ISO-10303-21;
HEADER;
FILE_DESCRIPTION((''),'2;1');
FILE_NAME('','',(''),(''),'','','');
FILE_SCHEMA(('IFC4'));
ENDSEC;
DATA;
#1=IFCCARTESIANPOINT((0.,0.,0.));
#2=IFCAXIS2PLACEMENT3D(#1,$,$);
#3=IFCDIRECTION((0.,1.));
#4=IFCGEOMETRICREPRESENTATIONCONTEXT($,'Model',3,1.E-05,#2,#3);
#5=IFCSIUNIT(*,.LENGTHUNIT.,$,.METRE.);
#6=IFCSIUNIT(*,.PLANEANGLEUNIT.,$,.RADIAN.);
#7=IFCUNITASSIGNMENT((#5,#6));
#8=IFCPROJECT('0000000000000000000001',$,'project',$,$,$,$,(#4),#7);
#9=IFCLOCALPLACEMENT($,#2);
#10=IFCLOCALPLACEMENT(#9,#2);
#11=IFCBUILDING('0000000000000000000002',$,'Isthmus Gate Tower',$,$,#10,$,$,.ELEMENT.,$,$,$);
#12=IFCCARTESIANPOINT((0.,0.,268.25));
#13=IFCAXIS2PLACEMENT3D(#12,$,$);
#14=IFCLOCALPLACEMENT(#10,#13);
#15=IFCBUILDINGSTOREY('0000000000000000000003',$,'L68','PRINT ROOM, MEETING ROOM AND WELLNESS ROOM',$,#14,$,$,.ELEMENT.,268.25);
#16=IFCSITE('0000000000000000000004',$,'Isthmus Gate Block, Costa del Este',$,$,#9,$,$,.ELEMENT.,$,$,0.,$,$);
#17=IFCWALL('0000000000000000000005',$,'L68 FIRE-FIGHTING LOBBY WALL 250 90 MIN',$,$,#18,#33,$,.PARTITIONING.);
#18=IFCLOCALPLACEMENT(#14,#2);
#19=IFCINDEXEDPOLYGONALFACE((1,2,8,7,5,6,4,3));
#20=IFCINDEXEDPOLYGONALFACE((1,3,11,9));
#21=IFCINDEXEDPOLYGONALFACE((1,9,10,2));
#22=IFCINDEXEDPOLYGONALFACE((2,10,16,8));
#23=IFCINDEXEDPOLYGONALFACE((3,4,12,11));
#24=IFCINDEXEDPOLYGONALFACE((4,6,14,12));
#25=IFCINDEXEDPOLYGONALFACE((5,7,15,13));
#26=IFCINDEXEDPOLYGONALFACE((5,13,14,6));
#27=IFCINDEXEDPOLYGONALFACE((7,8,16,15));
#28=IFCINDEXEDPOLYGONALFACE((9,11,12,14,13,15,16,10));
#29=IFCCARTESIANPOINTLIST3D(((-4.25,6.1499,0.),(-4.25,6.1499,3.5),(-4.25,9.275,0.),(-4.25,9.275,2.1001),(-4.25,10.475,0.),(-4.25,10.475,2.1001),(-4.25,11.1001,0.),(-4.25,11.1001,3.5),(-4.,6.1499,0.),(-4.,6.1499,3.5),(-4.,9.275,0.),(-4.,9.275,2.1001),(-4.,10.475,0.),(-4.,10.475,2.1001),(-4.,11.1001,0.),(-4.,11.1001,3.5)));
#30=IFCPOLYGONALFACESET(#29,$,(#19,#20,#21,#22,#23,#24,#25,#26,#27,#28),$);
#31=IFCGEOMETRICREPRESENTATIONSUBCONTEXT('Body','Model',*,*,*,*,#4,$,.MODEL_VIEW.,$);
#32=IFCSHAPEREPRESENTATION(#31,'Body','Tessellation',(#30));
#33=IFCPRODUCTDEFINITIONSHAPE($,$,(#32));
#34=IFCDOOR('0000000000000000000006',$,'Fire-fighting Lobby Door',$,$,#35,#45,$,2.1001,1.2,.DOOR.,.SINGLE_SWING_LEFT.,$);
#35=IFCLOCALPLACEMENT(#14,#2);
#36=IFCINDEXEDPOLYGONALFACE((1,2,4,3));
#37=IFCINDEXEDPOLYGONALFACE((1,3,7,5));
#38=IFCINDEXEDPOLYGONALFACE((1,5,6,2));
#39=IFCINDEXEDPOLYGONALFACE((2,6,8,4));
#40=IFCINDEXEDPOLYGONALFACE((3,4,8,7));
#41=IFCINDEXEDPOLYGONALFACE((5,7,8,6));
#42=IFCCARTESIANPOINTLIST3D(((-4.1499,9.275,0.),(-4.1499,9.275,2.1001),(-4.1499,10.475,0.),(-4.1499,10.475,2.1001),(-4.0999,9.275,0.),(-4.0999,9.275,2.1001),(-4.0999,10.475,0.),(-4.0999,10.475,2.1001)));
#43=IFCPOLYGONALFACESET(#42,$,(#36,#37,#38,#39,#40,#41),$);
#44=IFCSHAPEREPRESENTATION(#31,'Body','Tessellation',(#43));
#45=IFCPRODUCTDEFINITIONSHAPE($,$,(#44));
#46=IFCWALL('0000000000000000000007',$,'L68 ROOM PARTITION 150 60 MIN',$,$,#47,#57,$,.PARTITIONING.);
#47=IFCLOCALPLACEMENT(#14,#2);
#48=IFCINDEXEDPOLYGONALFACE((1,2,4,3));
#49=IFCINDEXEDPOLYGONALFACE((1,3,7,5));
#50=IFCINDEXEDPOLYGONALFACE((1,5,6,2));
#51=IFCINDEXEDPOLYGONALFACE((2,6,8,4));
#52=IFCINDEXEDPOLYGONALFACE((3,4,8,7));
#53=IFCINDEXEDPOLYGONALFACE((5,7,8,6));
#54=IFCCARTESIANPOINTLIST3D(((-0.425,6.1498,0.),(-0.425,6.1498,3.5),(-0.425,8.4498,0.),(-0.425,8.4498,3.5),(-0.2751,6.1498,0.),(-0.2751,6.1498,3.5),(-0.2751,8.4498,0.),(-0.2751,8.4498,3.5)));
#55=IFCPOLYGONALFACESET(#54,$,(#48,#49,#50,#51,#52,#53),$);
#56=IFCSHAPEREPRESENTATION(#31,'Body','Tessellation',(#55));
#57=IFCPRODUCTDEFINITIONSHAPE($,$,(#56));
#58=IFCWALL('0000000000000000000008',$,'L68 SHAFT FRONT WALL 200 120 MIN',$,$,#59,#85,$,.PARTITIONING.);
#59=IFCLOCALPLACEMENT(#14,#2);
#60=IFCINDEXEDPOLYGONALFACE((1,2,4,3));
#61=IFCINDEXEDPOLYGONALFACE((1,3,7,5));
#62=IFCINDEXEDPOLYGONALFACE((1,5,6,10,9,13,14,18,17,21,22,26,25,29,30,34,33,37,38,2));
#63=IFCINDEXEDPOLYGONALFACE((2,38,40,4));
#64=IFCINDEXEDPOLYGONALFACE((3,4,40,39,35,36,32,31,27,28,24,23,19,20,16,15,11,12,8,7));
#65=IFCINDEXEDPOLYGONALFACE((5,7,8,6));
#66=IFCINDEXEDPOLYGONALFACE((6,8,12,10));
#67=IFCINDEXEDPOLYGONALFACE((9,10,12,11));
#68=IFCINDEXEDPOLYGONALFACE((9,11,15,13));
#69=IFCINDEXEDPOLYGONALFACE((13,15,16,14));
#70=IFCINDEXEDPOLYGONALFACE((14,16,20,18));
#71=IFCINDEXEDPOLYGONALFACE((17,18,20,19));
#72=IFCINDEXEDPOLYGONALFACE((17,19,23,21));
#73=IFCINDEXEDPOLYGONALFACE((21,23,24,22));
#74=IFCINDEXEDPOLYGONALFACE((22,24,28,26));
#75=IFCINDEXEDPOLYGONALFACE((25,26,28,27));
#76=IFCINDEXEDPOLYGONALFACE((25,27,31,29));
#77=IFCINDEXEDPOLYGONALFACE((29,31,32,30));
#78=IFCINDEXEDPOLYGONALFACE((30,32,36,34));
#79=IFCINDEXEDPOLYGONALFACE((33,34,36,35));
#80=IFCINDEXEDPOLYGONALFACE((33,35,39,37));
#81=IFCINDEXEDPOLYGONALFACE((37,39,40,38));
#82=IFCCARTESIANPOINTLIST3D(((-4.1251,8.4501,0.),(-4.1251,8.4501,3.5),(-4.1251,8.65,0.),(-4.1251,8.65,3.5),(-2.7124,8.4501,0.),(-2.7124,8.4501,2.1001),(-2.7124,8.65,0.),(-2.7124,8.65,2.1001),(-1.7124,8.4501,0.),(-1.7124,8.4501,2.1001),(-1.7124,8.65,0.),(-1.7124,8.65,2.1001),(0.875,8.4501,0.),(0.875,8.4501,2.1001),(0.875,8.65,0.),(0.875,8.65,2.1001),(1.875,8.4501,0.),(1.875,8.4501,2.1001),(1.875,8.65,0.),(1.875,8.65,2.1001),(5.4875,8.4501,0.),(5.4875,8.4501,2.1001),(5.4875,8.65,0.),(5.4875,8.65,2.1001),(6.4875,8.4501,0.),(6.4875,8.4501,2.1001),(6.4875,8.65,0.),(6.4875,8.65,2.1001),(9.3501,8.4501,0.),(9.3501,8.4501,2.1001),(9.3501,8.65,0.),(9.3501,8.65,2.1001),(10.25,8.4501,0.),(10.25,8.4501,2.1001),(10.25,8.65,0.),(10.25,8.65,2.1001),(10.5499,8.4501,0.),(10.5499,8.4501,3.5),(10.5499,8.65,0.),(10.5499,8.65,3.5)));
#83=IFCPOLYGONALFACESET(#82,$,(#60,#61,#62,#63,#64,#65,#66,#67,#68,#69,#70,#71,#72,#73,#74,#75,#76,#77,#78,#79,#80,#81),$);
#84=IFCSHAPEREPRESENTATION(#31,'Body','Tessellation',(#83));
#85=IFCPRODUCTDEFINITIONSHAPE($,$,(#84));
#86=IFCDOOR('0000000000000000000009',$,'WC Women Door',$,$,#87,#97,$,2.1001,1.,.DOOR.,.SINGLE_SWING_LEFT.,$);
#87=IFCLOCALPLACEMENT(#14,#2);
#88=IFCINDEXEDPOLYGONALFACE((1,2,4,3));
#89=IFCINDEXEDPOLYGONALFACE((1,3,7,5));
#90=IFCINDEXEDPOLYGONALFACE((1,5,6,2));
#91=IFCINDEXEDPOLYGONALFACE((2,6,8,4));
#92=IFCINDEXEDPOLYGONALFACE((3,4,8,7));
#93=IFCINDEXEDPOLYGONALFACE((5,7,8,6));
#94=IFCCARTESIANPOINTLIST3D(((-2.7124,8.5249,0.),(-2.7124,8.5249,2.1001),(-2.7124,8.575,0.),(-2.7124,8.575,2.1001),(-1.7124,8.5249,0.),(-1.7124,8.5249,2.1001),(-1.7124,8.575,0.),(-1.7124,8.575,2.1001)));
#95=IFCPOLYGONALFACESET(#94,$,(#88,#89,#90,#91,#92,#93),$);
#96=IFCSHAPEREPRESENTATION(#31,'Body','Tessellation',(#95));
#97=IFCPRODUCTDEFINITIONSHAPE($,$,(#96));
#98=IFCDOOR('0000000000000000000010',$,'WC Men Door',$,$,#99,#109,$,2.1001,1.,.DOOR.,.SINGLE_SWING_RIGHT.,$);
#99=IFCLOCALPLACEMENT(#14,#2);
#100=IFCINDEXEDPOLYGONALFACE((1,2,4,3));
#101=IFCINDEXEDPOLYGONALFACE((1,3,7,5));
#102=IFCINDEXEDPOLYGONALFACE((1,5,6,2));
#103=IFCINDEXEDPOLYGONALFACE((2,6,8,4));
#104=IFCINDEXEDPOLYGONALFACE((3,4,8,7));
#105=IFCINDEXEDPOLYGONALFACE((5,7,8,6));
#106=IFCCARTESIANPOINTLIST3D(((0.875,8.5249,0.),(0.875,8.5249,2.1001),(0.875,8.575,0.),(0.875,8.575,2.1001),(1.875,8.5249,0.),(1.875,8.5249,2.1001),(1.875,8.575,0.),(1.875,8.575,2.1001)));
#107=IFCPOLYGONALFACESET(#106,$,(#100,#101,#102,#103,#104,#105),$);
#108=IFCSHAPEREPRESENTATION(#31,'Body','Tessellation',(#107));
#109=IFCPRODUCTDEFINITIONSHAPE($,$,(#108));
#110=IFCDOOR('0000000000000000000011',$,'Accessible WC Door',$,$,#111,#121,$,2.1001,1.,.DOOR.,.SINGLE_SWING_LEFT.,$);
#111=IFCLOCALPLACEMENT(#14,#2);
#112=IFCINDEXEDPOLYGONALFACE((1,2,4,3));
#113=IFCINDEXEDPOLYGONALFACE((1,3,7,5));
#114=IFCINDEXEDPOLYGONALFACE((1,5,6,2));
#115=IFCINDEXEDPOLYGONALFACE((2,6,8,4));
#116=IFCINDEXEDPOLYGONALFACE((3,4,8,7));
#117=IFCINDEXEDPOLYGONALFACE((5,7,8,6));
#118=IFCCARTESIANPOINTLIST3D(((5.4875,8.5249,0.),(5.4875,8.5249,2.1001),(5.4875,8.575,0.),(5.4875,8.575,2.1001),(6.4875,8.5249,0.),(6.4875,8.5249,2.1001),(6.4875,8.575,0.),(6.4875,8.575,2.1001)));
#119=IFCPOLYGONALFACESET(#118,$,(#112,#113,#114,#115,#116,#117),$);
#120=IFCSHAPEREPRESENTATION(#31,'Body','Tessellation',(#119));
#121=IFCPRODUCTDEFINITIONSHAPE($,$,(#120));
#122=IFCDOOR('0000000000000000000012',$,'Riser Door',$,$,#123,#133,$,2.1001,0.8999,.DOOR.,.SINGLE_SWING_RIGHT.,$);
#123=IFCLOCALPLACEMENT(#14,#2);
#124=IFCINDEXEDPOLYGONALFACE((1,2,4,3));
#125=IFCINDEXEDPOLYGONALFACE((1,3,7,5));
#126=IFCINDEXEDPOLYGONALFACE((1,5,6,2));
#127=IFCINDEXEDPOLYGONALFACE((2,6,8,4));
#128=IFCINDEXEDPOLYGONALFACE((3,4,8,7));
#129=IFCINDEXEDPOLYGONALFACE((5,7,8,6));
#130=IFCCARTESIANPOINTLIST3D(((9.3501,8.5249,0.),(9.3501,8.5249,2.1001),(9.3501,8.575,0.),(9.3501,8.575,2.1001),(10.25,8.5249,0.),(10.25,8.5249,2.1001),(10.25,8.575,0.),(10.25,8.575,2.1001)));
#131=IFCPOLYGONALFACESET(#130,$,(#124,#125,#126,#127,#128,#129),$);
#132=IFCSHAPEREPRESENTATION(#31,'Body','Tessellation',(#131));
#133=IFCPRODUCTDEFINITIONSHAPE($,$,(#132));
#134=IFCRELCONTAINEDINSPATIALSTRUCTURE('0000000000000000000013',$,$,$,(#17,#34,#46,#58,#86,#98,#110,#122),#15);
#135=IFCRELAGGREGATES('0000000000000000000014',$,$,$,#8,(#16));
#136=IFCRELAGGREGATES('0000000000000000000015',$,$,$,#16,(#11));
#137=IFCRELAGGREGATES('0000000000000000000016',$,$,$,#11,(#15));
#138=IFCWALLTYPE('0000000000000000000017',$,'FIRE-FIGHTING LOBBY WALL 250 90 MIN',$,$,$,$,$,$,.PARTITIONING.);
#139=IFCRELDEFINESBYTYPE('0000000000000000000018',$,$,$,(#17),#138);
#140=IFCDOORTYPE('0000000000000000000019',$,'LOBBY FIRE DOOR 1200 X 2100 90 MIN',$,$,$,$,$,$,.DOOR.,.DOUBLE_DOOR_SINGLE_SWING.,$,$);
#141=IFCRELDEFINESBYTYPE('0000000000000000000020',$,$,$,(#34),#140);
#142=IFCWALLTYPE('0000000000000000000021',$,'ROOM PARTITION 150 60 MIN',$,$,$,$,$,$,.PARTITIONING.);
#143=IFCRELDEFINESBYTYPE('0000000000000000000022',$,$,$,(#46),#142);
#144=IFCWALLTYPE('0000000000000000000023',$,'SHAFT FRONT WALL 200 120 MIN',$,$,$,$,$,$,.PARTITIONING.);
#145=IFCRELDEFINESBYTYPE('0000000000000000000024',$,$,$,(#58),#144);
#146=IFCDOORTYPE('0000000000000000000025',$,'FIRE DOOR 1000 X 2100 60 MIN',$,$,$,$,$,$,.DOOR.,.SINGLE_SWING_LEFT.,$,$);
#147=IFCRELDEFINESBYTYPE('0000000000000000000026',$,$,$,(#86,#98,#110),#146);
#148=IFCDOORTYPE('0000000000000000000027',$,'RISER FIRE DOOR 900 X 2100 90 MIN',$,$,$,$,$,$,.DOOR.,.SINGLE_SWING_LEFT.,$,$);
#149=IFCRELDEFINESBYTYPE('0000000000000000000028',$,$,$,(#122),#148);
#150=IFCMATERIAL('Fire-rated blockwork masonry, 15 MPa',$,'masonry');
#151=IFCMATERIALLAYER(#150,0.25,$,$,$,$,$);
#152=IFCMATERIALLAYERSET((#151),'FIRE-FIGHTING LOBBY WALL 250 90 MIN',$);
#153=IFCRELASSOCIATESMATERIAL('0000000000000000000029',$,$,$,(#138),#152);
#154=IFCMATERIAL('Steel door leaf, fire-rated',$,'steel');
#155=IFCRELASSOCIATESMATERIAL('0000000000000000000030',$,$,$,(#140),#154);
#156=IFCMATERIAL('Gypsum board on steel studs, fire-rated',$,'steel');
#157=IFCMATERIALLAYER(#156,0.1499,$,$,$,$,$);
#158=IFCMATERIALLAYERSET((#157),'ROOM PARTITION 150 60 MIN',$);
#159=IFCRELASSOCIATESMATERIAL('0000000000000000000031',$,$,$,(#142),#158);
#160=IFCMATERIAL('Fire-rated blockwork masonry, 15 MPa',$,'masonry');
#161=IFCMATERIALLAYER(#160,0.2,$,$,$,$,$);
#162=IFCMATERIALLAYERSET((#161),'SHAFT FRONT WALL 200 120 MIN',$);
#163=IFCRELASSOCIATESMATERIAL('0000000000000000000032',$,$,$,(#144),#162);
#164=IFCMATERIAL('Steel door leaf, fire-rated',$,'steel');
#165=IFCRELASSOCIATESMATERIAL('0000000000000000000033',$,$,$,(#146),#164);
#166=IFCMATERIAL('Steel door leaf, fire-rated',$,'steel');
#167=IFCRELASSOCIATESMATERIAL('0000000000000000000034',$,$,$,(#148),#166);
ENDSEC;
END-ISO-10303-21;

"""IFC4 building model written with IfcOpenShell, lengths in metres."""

from ifc_helpers import new_model, si_unit, direction, frame, frame_2d, origin, place, context, subcontext, project, spatial, rectangle, extrude, material, layer, layer_set, type_object, element, fill, save


model = new_model("IFC4")

# Units and contexts
model_context = context("Model", 3, precision=1e-05, world=origin(), true_north=direction((0.0, 1.0)))
body_context = subcontext(model_context, "Body", "Model", "MODEL_VIEW")
ifc_project = project(units=[si_unit("LENGTHUNIT", "METRE"), si_unit("PLANEANGLEUNIT", "RADIAN")], contexts=[model_context])

# Site, building, storey
site_placement = place(None, origin())
site = spatial("IfcSite", under=ifc_project, at=site_placement, Name="Isthmus Gate Block, Costa del Este", CompositionType="ELEMENT", RefElevation=0.0)
building_placement = place(site_placement, origin())
building = spatial("IfcBuilding", under=site, at=building_placement, Name="Isthmus Gate Tower", CompositionType="ELEMENT")
storey_placement = place(building_placement, frame((0.0, 0.0, 268.25)))
storey = spatial("IfcBuildingStorey", under=building, at=storey_placement, Name="L68", Description="PRINT ROOM, MEETING ROOM AND WELLNESS ROOM", CompositionType="ELEMENT", Elevation=268.25)

# Wall, opening, door
ifc_material_1 = material(Name="Fire-rated blockwork masonry, 15 MPa", Category="masonry")
ifc_layer_1 = layer(ifc_material_1, 0.25)
ifc_layer_set_1 = layer_set([ifc_layer_1], Name="FIRE-FIGHTING LOBBY WALL 250 90 MIN")
wall_type_1 = type_object("IfcWallType", Name="FIRE-FIGHTING LOBBY WALL 250 90 MIN", PredefinedType="PARTITIONING", material=ifc_layer_set_1)
wall_1_placement = place(storey_placement, frame((-4.125, 6.1499, 0.0), z_axis=(0.0, 0.0, 1.0), x_axis=(0.0, 1.0, 0.0)))
wall_1 = element("IfcWall", 1, at=wall_1_placement, inside=storey, type_object=wall_type_1, Name="L68 FIRE-FIGHTING LOBBY WALL 250 90 MIN", PredefinedType="PARTITIONING", context=body_context, shape_type="SweptSolid", body=[
    extrude(rectangle(XDim=4.9502, YDim=0.25, at=frame_2d((2.4751, 0.0))), origin(), (0.0, 0.0, 1.0), 3.5),
])
opening_1_placement = place(wall_1_placement, frame((3.125, 0.0, 0.0)))
opening_1 = element("IfcOpeningElement", 2, at=opening_1_placement, cuts=wall_1, PredefinedType="OPENING", context=body_context, shape_type="SweptSolid", body=[
    extrude(rectangle(XDim=1.2, YDim=2.1001, at=frame_2d((0.6001, 1.05))), frame((0.0, 0.135, 0.0), z_axis=(0.0, -1.0, 0.0), x_axis=(1.0, 0.0, 0.0)), (0.0, 0.0, 1.0), 0.27),
])
ifc_material_2 = material(Name="Steel door leaf, fire-rated", Category="steel")
door_type_1 = type_object("IfcDoorType", Name="LOBBY FIRE DOOR 1200 X 2100 90 MIN", OperationType="DOUBLE_DOOR_SINGLE_SWING", PredefinedType="DOOR", material=ifc_material_2)
door_1_placement = place(opening_1_placement, origin())
door_1 = element("IfcDoor", 3, at=door_1_placement, inside=storey, type_object=door_type_1, Name="Fire-fighting Lobby Door", OperationType="SINGLE_SWING_LEFT", OverallHeight=2.1001, OverallWidth=1.2, PredefinedType="DOOR", context=body_context, shape_type="SweptSolid", body=[
    extrude(rectangle(XDim=1.2, YDim=2.1001, at=frame_2d((0.6001, 1.05))), frame((0.0, 0.0249, 0.0), z_axis=(0.0, -1.0, 0.0), x_axis=(1.0, 0.0, 0.0)), (0.0, 0.0, 1.0), 0.05),
])
fill(opening_1, door_1)

# Wall
ifc_material_3 = material(Name="Gypsum board on steel studs, fire-rated", Category="steel")
ifc_layer_2 = layer(ifc_material_3, 0.1499)
ifc_layer_set_2 = layer_set([ifc_layer_2], Name="ROOM PARTITION 150 60 MIN")
wall_type_2 = type_object("IfcWallType", Name="ROOM PARTITION 150 60 MIN", PredefinedType="PARTITIONING", material=ifc_layer_set_2)
wall_2_placement = place(storey_placement, frame((-0.3501, 6.1499, 0.0), z_axis=(0.0, 0.0, 1.0), x_axis=(0.0, 1.0, 0.0)))
element("IfcWall", 4, at=wall_2_placement, inside=storey, type_object=wall_type_2, Name="L68 ROOM PARTITION 150 60 MIN", PredefinedType="PARTITIONING", context=body_context, shape_type="SweptSolid", body=[
    extrude(rectangle(XDim=2.3, YDim=0.1499, at=frame_2d((1.1499, 0.0))), origin(), (0.0, 0.0, 1.0), 3.5),
])

# Wall, openings, doors
ifc_material_4 = material(Name="Fire-rated blockwork masonry, 15 MPa", Category="masonry")
ifc_layer_3 = layer(ifc_material_4, 0.2)
ifc_layer_set_3 = layer_set([ifc_layer_3], Name="SHAFT FRONT WALL 200 120 MIN")
wall_type_3 = type_object("IfcWallType", Name="SHAFT FRONT WALL 200 120 MIN", PredefinedType="PARTITIONING", material=ifc_layer_set_3)
wall_3_placement = place(storey_placement, frame((-4.125, 8.55, 0.0), z_axis=(0.0, 0.0, 1.0), x_axis=(1.0, 0.0, 0.0)))
wall_3 = element("IfcWall", 5, at=wall_3_placement, inside=storey, type_object=wall_type_3, Name="L68 SHAFT FRONT WALL 200 120 MIN", PredefinedType="PARTITIONING", context=body_context, shape_type="SweptSolid", body=[
    extrude(rectangle(XDim=14.675, YDim=0.2, at=frame_2d((7.3374, 0.0))), origin(), (0.0, 0.0, 1.0), 3.5),
])
opening_2_placement = place(wall_3_placement, frame((1.4126, 0.0, 0.0)))
opening_2 = element("IfcOpeningElement", 6, at=opening_2_placement, cuts=wall_3, PredefinedType="OPENING", context=body_context, shape_type="SweptSolid", body=[
    extrude(rectangle(XDim=1.0, YDim=2.1001, at=frame_2d((0.5, 1.05))), frame((0.0, 0.1099, 0.0), z_axis=(0.0, -1.0, 0.0), x_axis=(1.0, 0.0, 0.0)), (0.0, 0.0, 1.0), 0.22),
])
opening_3_placement = place(wall_3_placement, frame((5.0, 0.0, 0.0)))
opening_3 = element("IfcOpeningElement", 7, at=opening_3_placement, cuts=wall_3, PredefinedType="OPENING", context=body_context, shape_type="SweptSolid", body=[
    extrude(rectangle(XDim=1.0, YDim=2.1001, at=frame_2d((0.5, 1.05))), frame((0.0, 0.1099, 0.0), z_axis=(0.0, -1.0, 0.0), x_axis=(1.0, 0.0, 0.0)), (0.0, 0.0, 1.0), 0.22),
])
opening_4_placement = place(wall_3_placement, frame((9.6125, 0.0, 0.0)))
opening_4 = element("IfcOpeningElement", 8, at=opening_4_placement, cuts=wall_3, PredefinedType="OPENING", context=body_context, shape_type="SweptSolid", body=[
    extrude(rectangle(XDim=1.0, YDim=2.1001, at=frame_2d((0.5, 1.05))), frame((0.0, 0.1099, 0.0), z_axis=(0.0, -1.0, 0.0), x_axis=(1.0, 0.0, 0.0)), (0.0, 0.0, 1.0), 0.22),
])
opening_5_placement = place(wall_3_placement, frame((13.4751, 0.0, 0.0)))
opening_5 = element("IfcOpeningElement", 9, at=opening_5_placement, cuts=wall_3, PredefinedType="OPENING", context=body_context, shape_type="SweptSolid", body=[
    extrude(rectangle(XDim=0.8999, YDim=2.1001, at=frame_2d((0.45, 1.05))), frame((0.0, 0.1099, 0.0), z_axis=(0.0, -1.0, 0.0), x_axis=(1.0, 0.0, 0.0)), (0.0, 0.0, 1.0), 0.22),
])
ifc_material_5 = material(Name="Steel door leaf, fire-rated", Category="steel")
door_type_2 = type_object("IfcDoorType", Name="FIRE DOOR 1000 X 2100 60 MIN", OperationType="SINGLE_SWING_LEFT", PredefinedType="DOOR", material=ifc_material_5)
door_2_placement = place(opening_2_placement, origin())
door_2 = element("IfcDoor", 10, at=door_2_placement, inside=storey, type_object=door_type_2, Name="WC Women Door", OperationType="SINGLE_SWING_LEFT", OverallHeight=2.1001, OverallWidth=1.0, PredefinedType="DOOR", context=body_context, shape_type="SweptSolid", body=[
    extrude(rectangle(XDim=1.0, YDim=2.1001, at=frame_2d((0.5, 1.05))), frame((0.0, 0.0249, 0.0), z_axis=(0.0, -1.0, 0.0), x_axis=(1.0, 0.0, 0.0)), (0.0, 0.0, 1.0), 0.05),
])
fill(opening_2, door_2)
door_3_placement = place(opening_3_placement, origin())
door_3 = element("IfcDoor", 11, at=door_3_placement, inside=storey, type_object=door_type_2, Name="WC Men Door", OperationType="SINGLE_SWING_RIGHT", OverallHeight=2.1001, OverallWidth=1.0, PredefinedType="DOOR", context=body_context, shape_type="SweptSolid", body=[
    extrude(rectangle(XDim=1.0, YDim=2.1001, at=frame_2d((0.5, 1.05))), frame((0.0, 0.0249, 0.0), z_axis=(0.0, -1.0, 0.0), x_axis=(1.0, 0.0, 0.0)), (0.0, 0.0, 1.0), 0.05),
])
fill(opening_3, door_3)
door_4_placement = place(opening_4_placement, origin())
door_4 = element("IfcDoor", 12, at=door_4_placement, inside=storey, type_object=door_type_2, Name="Accessible WC Door", OperationType="SINGLE_SWING_LEFT", OverallHeight=2.1001, OverallWidth=1.0, PredefinedType="DOOR", context=body_context, shape_type="SweptSolid", body=[
    extrude(rectangle(XDim=1.0, YDim=2.1001, at=frame_2d((0.5, 1.05))), frame((0.0, 0.0249, 0.0), z_axis=(0.0, -1.0, 0.0), x_axis=(1.0, 0.0, 0.0)), (0.0, 0.0, 1.0), 0.05),
])
fill(opening_4, door_4)
ifc_material_6 = material(Name="Steel door leaf, fire-rated", Category="steel")
door_type_3 = type_object("IfcDoorType", Name="RISER FIRE DOOR 900 X 2100 90 MIN", OperationType="SINGLE_SWING_LEFT", PredefinedType="DOOR", material=ifc_material_6)
door_5_placement = place(opening_5_placement, origin())
door_5 = element("IfcDoor", 13, at=door_5_placement, inside=storey, type_object=door_type_3, Name="Riser Door", OperationType="SINGLE_SWING_RIGHT", OverallHeight=2.1001, OverallWidth=0.8999, PredefinedType="DOOR", context=body_context, shape_type="SweptSolid", body=[
    extrude(rectangle(XDim=0.8999, YDim=2.1001, at=frame_2d((0.45, 1.05))), frame((0.0, 0.0249, 0.0), z_axis=(0.0, -1.0, 0.0), x_axis=(1.0, 0.0, 0.0)), (0.0, 0.0, 1.0), 0.05),
])
fill(opening_5, door_5)

save(model, "model.ifc")
